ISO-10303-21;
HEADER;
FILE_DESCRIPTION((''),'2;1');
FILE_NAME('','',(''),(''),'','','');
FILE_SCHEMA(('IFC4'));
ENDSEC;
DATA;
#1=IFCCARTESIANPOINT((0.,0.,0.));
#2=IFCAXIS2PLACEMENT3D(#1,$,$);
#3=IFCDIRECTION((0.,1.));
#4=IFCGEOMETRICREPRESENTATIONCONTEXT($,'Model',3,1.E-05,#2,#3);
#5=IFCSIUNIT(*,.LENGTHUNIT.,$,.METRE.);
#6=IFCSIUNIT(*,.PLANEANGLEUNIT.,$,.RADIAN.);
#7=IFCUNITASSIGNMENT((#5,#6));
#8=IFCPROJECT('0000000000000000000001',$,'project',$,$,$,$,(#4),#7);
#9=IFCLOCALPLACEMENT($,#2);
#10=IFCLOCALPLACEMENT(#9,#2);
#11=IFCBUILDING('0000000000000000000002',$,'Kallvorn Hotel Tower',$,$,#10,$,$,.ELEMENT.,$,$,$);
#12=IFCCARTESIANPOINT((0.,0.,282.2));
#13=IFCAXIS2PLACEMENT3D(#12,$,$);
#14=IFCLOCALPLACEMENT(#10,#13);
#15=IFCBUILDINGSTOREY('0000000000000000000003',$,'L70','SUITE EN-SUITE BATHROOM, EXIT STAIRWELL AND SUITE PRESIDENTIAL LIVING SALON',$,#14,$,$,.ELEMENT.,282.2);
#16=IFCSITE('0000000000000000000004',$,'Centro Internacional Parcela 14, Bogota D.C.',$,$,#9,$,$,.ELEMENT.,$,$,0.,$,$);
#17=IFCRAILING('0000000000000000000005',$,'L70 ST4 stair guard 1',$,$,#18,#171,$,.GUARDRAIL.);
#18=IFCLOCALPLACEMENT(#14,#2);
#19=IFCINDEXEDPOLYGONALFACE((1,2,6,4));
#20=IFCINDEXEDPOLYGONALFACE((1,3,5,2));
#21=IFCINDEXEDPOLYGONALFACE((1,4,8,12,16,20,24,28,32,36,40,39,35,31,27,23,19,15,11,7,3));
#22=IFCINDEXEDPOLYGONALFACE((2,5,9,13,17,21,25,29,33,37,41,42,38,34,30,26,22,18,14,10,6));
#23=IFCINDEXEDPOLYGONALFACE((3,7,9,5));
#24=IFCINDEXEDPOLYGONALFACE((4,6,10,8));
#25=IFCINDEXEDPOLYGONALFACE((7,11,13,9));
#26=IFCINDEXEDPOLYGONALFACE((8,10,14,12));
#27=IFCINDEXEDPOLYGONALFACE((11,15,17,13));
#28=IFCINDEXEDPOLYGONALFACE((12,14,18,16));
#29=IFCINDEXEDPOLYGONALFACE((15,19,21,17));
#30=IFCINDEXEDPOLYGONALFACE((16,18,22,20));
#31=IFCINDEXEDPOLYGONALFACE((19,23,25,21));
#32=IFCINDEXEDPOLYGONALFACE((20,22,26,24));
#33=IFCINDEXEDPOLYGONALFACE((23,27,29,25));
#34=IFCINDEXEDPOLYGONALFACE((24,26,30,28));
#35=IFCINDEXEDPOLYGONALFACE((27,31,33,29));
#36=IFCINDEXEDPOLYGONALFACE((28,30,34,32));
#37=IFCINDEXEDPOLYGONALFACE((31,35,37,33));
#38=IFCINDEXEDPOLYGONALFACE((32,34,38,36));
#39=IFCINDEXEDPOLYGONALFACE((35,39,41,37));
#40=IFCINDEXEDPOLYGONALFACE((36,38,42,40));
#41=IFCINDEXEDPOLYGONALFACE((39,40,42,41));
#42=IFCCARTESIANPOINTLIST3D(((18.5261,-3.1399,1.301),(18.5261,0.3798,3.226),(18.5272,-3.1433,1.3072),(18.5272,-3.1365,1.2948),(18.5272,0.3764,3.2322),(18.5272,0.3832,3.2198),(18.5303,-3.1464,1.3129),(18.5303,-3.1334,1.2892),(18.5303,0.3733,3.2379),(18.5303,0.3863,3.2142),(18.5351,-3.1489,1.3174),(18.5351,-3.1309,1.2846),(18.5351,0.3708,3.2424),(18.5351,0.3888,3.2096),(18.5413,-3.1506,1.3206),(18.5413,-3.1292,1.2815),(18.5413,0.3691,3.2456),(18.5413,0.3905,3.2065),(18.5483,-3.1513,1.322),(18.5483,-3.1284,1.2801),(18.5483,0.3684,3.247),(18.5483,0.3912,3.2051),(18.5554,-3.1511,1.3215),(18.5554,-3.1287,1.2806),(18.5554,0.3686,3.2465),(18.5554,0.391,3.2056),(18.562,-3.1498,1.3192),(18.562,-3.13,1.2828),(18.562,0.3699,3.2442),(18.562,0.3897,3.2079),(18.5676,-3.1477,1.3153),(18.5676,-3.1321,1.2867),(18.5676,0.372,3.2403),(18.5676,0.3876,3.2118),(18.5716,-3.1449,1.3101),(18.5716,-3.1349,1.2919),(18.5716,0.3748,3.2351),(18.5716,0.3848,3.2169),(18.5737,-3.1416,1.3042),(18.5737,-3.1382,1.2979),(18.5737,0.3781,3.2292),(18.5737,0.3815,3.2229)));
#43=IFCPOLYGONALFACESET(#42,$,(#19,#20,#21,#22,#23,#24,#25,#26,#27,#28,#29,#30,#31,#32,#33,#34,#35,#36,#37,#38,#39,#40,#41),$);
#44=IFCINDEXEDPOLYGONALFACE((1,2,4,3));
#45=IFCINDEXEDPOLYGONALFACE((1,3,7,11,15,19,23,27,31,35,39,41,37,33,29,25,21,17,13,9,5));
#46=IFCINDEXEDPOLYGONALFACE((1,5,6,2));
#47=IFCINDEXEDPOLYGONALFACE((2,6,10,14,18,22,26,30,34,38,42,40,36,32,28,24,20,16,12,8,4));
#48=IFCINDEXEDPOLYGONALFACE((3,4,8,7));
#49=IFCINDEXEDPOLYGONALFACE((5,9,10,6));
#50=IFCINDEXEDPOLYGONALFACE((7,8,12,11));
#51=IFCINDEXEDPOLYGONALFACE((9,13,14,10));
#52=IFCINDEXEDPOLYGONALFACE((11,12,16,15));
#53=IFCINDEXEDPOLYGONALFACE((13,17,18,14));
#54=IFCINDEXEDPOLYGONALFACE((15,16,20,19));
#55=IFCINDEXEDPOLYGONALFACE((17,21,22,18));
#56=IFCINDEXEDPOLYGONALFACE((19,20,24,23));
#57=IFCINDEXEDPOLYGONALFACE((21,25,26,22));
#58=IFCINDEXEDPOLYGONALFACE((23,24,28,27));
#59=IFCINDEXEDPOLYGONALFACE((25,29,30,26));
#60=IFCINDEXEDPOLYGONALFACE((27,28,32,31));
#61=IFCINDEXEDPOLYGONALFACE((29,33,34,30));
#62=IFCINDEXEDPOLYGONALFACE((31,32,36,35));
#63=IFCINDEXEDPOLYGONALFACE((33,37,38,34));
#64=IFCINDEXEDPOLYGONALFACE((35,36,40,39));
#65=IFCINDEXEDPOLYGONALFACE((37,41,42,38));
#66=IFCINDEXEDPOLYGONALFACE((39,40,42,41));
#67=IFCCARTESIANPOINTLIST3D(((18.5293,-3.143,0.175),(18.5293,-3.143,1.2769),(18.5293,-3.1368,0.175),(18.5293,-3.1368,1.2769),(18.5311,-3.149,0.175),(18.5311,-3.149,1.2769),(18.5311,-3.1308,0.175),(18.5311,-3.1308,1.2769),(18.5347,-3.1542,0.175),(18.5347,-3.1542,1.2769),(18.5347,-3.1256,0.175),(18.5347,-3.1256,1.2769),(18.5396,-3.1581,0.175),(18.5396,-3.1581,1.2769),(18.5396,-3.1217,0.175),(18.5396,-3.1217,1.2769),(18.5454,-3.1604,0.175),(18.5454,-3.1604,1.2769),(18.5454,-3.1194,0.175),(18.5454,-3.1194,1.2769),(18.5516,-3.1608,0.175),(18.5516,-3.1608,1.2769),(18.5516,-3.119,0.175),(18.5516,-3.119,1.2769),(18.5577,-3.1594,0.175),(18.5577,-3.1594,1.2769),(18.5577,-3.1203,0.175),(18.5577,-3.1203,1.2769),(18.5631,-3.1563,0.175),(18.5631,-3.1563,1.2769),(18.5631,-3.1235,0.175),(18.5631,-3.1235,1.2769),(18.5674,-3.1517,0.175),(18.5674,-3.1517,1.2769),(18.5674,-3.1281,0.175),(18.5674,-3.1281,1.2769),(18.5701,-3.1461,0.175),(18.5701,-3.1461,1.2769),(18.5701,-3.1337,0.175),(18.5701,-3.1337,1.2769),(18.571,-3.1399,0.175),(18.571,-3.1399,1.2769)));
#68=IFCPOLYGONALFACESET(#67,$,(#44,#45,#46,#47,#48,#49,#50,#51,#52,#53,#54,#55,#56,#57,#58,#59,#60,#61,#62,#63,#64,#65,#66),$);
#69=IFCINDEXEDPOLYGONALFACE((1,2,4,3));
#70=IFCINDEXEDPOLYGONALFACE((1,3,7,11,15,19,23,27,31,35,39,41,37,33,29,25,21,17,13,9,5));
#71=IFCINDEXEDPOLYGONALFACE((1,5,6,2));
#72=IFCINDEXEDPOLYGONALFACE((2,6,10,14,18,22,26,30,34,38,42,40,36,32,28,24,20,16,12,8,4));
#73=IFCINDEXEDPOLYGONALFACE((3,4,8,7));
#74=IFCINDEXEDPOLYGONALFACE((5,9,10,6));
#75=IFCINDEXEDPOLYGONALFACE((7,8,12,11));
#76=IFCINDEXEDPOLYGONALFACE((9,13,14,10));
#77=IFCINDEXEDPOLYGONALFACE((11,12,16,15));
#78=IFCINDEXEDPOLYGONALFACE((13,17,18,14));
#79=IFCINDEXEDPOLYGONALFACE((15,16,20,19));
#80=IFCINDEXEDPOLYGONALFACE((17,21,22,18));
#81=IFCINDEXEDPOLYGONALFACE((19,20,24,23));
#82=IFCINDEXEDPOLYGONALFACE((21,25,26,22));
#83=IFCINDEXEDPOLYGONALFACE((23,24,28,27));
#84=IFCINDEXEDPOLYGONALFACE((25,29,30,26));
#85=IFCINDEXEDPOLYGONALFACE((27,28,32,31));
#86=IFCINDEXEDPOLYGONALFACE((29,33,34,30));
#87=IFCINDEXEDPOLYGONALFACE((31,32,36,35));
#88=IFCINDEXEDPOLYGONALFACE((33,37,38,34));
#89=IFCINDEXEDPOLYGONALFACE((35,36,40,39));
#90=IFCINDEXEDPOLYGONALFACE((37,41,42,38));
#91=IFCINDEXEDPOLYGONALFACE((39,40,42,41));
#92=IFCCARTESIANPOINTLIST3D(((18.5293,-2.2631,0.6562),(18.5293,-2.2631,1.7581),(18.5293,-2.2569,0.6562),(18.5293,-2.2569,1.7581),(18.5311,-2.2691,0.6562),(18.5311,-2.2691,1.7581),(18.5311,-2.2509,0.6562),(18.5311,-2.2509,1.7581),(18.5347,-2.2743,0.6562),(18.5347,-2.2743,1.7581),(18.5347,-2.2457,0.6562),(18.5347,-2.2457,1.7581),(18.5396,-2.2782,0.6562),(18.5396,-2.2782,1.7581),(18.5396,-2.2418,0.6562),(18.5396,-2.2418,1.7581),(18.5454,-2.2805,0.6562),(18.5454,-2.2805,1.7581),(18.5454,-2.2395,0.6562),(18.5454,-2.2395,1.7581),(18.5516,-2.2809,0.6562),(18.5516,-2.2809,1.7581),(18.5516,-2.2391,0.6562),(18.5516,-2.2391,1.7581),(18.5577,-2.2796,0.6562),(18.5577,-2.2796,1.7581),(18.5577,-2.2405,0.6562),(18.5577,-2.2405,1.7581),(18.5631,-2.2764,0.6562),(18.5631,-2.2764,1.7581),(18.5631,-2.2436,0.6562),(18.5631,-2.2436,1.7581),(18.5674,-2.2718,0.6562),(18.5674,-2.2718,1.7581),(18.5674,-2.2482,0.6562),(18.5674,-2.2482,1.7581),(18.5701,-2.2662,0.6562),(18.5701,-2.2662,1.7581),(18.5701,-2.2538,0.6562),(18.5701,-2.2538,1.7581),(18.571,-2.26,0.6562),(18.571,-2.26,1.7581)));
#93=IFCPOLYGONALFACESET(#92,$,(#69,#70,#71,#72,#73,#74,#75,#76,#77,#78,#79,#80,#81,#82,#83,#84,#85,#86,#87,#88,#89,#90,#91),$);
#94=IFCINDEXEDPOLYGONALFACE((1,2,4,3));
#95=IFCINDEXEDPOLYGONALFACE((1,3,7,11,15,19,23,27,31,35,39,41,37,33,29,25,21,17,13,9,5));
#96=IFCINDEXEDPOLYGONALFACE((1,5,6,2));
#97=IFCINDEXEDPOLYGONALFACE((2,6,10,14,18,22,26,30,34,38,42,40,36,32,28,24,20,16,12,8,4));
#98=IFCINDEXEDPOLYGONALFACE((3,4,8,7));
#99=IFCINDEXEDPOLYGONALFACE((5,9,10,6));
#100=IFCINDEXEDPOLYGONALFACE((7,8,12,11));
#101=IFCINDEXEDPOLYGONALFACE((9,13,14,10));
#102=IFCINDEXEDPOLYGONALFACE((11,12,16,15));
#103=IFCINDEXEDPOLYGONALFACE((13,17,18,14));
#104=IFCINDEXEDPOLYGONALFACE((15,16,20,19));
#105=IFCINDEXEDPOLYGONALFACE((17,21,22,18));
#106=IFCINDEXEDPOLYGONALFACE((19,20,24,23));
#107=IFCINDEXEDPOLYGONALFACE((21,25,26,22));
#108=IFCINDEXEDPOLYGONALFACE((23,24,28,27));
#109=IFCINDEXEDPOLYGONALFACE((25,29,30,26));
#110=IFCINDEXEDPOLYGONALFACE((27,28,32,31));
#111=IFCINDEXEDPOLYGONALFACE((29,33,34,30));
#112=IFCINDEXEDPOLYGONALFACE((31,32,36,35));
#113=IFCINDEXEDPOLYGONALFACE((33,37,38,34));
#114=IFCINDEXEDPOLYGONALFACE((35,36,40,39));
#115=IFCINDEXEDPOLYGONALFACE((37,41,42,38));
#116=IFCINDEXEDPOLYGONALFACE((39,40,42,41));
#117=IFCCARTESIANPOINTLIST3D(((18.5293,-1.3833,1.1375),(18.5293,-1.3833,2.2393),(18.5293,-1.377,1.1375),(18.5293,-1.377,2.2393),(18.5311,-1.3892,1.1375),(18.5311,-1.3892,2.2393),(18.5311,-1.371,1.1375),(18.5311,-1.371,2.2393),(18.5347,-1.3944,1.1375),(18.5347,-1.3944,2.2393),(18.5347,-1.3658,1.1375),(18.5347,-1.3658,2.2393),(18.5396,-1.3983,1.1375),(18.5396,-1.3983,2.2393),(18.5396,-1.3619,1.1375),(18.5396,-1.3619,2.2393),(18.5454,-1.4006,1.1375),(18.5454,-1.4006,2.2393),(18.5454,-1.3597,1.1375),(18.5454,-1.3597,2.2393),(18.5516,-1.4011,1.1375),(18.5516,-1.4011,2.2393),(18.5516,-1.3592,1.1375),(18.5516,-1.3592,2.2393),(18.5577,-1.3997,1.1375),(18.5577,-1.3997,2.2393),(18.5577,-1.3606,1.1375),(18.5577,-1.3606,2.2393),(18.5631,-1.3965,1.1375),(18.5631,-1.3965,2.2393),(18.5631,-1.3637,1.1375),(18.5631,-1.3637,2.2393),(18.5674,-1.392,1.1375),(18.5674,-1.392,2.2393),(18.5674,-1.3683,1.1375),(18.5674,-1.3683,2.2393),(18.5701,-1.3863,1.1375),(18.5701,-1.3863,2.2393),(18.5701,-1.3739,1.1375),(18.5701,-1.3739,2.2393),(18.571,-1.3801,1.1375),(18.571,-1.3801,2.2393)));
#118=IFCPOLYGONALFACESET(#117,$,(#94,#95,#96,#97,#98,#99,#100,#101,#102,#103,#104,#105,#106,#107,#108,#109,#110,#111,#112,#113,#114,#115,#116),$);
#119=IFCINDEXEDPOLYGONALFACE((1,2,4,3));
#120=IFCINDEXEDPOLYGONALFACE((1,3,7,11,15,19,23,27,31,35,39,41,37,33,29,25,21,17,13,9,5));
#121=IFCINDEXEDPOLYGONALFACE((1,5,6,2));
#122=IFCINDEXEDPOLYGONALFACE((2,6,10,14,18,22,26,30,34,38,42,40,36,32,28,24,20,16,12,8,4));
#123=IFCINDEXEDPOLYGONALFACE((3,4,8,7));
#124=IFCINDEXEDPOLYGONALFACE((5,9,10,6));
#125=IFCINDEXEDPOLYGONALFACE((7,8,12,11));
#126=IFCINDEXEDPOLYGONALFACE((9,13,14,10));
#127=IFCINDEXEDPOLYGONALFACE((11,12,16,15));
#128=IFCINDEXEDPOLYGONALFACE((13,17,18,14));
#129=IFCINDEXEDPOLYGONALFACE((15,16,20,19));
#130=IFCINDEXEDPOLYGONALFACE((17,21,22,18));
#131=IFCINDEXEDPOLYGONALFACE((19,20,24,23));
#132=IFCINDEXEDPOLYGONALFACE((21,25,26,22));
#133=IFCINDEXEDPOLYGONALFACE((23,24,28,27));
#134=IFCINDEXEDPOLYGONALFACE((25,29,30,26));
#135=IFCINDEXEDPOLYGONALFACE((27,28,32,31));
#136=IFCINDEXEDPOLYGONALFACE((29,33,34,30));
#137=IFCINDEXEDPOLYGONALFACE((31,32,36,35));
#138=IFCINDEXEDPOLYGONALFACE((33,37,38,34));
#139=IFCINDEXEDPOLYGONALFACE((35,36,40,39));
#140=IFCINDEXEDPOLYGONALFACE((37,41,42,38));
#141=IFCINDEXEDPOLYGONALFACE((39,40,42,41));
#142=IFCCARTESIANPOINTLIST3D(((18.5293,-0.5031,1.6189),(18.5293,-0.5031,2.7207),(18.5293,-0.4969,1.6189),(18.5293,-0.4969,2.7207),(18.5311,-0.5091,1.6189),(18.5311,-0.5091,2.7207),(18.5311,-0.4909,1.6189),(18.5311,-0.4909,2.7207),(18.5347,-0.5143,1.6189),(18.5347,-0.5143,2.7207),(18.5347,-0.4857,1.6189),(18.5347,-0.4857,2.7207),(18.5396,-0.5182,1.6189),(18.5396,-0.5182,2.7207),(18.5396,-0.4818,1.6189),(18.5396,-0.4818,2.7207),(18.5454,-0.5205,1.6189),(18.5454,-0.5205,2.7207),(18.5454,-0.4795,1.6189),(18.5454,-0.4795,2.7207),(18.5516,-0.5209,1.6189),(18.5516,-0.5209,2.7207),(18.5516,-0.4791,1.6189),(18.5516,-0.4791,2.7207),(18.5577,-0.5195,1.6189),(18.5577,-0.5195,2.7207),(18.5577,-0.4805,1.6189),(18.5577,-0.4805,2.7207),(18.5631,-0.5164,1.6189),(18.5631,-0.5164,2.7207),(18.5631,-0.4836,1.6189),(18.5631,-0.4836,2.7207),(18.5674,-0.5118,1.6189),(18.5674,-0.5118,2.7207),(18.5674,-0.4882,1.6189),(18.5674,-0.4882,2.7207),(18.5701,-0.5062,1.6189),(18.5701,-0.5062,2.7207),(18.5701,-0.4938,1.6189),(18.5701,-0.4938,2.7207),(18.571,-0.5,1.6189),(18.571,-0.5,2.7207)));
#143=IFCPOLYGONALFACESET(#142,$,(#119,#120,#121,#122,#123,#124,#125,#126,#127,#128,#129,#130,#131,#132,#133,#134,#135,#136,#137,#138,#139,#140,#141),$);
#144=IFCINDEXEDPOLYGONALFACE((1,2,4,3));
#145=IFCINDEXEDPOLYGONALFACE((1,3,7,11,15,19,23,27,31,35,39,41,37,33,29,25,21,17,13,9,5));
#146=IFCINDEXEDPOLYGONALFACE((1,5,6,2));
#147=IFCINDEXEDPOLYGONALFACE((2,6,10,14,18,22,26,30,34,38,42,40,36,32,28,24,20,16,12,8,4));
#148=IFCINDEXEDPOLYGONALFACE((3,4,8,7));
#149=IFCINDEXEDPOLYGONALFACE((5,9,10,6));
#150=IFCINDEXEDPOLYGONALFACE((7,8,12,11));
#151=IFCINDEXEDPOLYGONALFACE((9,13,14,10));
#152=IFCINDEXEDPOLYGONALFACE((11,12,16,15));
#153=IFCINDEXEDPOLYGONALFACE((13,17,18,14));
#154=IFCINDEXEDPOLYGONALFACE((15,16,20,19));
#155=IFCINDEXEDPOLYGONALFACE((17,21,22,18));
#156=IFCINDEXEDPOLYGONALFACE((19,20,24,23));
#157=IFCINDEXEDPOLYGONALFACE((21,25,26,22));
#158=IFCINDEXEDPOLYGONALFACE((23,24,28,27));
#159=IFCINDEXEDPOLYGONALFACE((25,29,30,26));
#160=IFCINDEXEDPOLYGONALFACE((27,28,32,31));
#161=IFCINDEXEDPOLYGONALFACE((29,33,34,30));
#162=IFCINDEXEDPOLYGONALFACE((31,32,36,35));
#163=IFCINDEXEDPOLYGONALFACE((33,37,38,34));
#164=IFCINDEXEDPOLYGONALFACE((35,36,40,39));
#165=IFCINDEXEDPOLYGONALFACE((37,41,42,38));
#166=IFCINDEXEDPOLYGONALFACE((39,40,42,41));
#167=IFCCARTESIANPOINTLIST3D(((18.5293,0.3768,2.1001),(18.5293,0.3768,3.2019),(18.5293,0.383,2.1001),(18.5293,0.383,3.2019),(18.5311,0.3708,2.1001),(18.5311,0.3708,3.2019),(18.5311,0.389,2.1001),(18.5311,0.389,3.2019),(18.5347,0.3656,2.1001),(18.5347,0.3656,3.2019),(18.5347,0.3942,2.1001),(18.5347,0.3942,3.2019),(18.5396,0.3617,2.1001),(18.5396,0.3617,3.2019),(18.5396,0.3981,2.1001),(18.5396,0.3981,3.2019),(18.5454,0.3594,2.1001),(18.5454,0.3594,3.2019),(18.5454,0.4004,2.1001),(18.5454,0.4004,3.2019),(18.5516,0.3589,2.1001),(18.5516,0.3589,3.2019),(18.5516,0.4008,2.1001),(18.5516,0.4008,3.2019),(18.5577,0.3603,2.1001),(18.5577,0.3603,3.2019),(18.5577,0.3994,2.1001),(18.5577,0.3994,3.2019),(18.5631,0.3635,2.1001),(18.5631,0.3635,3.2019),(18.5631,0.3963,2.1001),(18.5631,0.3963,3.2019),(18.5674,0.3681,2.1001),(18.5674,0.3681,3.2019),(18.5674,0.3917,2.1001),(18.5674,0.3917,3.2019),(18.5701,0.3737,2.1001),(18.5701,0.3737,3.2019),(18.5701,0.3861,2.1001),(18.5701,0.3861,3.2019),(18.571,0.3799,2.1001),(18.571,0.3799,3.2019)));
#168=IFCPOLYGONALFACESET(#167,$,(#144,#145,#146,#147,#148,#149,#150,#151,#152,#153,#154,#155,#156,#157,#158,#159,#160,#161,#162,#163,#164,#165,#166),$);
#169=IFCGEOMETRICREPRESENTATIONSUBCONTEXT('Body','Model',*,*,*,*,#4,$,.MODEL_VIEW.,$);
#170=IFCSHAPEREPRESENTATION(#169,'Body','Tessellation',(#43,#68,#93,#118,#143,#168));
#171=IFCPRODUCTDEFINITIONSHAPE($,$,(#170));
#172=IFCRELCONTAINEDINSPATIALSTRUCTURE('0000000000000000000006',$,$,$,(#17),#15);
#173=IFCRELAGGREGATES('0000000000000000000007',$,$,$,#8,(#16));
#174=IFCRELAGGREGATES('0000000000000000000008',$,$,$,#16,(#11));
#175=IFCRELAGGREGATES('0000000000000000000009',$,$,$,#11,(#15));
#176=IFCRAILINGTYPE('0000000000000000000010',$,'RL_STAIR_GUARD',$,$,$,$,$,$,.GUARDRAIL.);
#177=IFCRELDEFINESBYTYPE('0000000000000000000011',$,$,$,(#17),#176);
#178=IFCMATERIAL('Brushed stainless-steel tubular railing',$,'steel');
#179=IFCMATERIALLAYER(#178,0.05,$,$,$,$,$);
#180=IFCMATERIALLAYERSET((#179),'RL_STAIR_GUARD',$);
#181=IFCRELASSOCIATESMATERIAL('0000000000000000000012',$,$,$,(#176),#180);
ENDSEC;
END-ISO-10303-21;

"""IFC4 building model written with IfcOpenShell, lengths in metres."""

from ifc_helpers import new_model, si_unit, direction, frame, origin, origin_2d, place, context, subcontext, project, spatial, circle, extrude, material, layer, layer_set, type_object, element, save


model = new_model("IFC4")

# Units and contexts
model_context = context("Model", 3, precision=1e-05, world=origin(), true_north=direction((0.0, 1.0)))
body_context = subcontext(model_context, "Body", "Model", "MODEL_VIEW")
ifc_project = project(units=[si_unit("LENGTHUNIT", "METRE"), si_unit("PLANEANGLEUNIT", "RADIAN")], contexts=[model_context])

# Site, building, storey
site_placement = place(None, origin())
site = spatial("IfcSite", under=ifc_project, at=site_placement, Name="Centro Internacional Parcela 14, Bogota D.C.", CompositionType="ELEMENT", RefElevation=0.0)
building_placement = place(site_placement, origin())
building = spatial("IfcBuilding", under=site, at=building_placement, Name="Kallvorn Hotel Tower", CompositionType="ELEMENT")
storey_placement = place(building_placement, frame((0.0, 0.0, 282.2)))
storey = spatial("IfcBuildingStorey", under=building, at=storey_placement, Name="L70", Description="SUITE EN-SUITE BATHROOM, EXIT STAIRWELL AND SUITE PRESIDENTIAL LIVING SALON", CompositionType="ELEMENT", Elevation=282.2)

# Railing
ifc_material_1 = material(Name="Brushed stainless-steel tubular railing", Category="steel")
ifc_layer_1 = layer(ifc_material_1, 0.05)
ifc_layer_set_1 = layer_set([ifc_layer_1], Name="RL_STAIR_GUARD")
railing_type_1 = type_object("IfcRailingType", Name="RL_STAIR_GUARD", PredefinedType="GUARDRAIL", material=ifc_layer_set_1)
railing_1_placement = place(storey_placement, frame((18.55, -3.1399, 0.175)))
element("IfcRailing", 1, at=railing_1_placement, inside=storey, type_object=railing_type_1, Name="L70 ST4 stair guard 1", PredefinedType="GUARDRAIL", context=body_context, shape_type="SweptSolid", body=[
    extrude(circle(Radius=0.0239, at=origin_2d()), frame((0.0, 0.0, 1.126), z_axis=(0.0, 0.877353, 0.479845), x_axis=(-1.0, 0.0, 0.0)), (0.0, 0.0, 1.0), 4.0117),
    extrude(circle(Radius=0.021, at=origin_2d()), origin(), (0.0, 0.0, 1.0), 1.1018),
    extrude(circle(Radius=0.021, at=origin_2d()), frame((0.0, 0.8799, 0.4812)), (0.0, 0.0, 1.0), 1.1018),
    extrude(circle(Radius=0.021, at=origin_2d()), frame((0.0, 1.7598, 0.9624)), (0.0, 0.0, 1.0), 1.1018),
    extrude(circle(Radius=0.021, at=origin_2d()), frame((0.0, 2.6399, 1.4438)), (0.0, 0.0, 1.0), 1.1018),
    extrude(circle(Radius=0.021, at=origin_2d()), frame((0.0, 3.5198, 1.925)), (0.0, 0.0, 1.0), 1.1018),
])

save(model, "model.ifc")
